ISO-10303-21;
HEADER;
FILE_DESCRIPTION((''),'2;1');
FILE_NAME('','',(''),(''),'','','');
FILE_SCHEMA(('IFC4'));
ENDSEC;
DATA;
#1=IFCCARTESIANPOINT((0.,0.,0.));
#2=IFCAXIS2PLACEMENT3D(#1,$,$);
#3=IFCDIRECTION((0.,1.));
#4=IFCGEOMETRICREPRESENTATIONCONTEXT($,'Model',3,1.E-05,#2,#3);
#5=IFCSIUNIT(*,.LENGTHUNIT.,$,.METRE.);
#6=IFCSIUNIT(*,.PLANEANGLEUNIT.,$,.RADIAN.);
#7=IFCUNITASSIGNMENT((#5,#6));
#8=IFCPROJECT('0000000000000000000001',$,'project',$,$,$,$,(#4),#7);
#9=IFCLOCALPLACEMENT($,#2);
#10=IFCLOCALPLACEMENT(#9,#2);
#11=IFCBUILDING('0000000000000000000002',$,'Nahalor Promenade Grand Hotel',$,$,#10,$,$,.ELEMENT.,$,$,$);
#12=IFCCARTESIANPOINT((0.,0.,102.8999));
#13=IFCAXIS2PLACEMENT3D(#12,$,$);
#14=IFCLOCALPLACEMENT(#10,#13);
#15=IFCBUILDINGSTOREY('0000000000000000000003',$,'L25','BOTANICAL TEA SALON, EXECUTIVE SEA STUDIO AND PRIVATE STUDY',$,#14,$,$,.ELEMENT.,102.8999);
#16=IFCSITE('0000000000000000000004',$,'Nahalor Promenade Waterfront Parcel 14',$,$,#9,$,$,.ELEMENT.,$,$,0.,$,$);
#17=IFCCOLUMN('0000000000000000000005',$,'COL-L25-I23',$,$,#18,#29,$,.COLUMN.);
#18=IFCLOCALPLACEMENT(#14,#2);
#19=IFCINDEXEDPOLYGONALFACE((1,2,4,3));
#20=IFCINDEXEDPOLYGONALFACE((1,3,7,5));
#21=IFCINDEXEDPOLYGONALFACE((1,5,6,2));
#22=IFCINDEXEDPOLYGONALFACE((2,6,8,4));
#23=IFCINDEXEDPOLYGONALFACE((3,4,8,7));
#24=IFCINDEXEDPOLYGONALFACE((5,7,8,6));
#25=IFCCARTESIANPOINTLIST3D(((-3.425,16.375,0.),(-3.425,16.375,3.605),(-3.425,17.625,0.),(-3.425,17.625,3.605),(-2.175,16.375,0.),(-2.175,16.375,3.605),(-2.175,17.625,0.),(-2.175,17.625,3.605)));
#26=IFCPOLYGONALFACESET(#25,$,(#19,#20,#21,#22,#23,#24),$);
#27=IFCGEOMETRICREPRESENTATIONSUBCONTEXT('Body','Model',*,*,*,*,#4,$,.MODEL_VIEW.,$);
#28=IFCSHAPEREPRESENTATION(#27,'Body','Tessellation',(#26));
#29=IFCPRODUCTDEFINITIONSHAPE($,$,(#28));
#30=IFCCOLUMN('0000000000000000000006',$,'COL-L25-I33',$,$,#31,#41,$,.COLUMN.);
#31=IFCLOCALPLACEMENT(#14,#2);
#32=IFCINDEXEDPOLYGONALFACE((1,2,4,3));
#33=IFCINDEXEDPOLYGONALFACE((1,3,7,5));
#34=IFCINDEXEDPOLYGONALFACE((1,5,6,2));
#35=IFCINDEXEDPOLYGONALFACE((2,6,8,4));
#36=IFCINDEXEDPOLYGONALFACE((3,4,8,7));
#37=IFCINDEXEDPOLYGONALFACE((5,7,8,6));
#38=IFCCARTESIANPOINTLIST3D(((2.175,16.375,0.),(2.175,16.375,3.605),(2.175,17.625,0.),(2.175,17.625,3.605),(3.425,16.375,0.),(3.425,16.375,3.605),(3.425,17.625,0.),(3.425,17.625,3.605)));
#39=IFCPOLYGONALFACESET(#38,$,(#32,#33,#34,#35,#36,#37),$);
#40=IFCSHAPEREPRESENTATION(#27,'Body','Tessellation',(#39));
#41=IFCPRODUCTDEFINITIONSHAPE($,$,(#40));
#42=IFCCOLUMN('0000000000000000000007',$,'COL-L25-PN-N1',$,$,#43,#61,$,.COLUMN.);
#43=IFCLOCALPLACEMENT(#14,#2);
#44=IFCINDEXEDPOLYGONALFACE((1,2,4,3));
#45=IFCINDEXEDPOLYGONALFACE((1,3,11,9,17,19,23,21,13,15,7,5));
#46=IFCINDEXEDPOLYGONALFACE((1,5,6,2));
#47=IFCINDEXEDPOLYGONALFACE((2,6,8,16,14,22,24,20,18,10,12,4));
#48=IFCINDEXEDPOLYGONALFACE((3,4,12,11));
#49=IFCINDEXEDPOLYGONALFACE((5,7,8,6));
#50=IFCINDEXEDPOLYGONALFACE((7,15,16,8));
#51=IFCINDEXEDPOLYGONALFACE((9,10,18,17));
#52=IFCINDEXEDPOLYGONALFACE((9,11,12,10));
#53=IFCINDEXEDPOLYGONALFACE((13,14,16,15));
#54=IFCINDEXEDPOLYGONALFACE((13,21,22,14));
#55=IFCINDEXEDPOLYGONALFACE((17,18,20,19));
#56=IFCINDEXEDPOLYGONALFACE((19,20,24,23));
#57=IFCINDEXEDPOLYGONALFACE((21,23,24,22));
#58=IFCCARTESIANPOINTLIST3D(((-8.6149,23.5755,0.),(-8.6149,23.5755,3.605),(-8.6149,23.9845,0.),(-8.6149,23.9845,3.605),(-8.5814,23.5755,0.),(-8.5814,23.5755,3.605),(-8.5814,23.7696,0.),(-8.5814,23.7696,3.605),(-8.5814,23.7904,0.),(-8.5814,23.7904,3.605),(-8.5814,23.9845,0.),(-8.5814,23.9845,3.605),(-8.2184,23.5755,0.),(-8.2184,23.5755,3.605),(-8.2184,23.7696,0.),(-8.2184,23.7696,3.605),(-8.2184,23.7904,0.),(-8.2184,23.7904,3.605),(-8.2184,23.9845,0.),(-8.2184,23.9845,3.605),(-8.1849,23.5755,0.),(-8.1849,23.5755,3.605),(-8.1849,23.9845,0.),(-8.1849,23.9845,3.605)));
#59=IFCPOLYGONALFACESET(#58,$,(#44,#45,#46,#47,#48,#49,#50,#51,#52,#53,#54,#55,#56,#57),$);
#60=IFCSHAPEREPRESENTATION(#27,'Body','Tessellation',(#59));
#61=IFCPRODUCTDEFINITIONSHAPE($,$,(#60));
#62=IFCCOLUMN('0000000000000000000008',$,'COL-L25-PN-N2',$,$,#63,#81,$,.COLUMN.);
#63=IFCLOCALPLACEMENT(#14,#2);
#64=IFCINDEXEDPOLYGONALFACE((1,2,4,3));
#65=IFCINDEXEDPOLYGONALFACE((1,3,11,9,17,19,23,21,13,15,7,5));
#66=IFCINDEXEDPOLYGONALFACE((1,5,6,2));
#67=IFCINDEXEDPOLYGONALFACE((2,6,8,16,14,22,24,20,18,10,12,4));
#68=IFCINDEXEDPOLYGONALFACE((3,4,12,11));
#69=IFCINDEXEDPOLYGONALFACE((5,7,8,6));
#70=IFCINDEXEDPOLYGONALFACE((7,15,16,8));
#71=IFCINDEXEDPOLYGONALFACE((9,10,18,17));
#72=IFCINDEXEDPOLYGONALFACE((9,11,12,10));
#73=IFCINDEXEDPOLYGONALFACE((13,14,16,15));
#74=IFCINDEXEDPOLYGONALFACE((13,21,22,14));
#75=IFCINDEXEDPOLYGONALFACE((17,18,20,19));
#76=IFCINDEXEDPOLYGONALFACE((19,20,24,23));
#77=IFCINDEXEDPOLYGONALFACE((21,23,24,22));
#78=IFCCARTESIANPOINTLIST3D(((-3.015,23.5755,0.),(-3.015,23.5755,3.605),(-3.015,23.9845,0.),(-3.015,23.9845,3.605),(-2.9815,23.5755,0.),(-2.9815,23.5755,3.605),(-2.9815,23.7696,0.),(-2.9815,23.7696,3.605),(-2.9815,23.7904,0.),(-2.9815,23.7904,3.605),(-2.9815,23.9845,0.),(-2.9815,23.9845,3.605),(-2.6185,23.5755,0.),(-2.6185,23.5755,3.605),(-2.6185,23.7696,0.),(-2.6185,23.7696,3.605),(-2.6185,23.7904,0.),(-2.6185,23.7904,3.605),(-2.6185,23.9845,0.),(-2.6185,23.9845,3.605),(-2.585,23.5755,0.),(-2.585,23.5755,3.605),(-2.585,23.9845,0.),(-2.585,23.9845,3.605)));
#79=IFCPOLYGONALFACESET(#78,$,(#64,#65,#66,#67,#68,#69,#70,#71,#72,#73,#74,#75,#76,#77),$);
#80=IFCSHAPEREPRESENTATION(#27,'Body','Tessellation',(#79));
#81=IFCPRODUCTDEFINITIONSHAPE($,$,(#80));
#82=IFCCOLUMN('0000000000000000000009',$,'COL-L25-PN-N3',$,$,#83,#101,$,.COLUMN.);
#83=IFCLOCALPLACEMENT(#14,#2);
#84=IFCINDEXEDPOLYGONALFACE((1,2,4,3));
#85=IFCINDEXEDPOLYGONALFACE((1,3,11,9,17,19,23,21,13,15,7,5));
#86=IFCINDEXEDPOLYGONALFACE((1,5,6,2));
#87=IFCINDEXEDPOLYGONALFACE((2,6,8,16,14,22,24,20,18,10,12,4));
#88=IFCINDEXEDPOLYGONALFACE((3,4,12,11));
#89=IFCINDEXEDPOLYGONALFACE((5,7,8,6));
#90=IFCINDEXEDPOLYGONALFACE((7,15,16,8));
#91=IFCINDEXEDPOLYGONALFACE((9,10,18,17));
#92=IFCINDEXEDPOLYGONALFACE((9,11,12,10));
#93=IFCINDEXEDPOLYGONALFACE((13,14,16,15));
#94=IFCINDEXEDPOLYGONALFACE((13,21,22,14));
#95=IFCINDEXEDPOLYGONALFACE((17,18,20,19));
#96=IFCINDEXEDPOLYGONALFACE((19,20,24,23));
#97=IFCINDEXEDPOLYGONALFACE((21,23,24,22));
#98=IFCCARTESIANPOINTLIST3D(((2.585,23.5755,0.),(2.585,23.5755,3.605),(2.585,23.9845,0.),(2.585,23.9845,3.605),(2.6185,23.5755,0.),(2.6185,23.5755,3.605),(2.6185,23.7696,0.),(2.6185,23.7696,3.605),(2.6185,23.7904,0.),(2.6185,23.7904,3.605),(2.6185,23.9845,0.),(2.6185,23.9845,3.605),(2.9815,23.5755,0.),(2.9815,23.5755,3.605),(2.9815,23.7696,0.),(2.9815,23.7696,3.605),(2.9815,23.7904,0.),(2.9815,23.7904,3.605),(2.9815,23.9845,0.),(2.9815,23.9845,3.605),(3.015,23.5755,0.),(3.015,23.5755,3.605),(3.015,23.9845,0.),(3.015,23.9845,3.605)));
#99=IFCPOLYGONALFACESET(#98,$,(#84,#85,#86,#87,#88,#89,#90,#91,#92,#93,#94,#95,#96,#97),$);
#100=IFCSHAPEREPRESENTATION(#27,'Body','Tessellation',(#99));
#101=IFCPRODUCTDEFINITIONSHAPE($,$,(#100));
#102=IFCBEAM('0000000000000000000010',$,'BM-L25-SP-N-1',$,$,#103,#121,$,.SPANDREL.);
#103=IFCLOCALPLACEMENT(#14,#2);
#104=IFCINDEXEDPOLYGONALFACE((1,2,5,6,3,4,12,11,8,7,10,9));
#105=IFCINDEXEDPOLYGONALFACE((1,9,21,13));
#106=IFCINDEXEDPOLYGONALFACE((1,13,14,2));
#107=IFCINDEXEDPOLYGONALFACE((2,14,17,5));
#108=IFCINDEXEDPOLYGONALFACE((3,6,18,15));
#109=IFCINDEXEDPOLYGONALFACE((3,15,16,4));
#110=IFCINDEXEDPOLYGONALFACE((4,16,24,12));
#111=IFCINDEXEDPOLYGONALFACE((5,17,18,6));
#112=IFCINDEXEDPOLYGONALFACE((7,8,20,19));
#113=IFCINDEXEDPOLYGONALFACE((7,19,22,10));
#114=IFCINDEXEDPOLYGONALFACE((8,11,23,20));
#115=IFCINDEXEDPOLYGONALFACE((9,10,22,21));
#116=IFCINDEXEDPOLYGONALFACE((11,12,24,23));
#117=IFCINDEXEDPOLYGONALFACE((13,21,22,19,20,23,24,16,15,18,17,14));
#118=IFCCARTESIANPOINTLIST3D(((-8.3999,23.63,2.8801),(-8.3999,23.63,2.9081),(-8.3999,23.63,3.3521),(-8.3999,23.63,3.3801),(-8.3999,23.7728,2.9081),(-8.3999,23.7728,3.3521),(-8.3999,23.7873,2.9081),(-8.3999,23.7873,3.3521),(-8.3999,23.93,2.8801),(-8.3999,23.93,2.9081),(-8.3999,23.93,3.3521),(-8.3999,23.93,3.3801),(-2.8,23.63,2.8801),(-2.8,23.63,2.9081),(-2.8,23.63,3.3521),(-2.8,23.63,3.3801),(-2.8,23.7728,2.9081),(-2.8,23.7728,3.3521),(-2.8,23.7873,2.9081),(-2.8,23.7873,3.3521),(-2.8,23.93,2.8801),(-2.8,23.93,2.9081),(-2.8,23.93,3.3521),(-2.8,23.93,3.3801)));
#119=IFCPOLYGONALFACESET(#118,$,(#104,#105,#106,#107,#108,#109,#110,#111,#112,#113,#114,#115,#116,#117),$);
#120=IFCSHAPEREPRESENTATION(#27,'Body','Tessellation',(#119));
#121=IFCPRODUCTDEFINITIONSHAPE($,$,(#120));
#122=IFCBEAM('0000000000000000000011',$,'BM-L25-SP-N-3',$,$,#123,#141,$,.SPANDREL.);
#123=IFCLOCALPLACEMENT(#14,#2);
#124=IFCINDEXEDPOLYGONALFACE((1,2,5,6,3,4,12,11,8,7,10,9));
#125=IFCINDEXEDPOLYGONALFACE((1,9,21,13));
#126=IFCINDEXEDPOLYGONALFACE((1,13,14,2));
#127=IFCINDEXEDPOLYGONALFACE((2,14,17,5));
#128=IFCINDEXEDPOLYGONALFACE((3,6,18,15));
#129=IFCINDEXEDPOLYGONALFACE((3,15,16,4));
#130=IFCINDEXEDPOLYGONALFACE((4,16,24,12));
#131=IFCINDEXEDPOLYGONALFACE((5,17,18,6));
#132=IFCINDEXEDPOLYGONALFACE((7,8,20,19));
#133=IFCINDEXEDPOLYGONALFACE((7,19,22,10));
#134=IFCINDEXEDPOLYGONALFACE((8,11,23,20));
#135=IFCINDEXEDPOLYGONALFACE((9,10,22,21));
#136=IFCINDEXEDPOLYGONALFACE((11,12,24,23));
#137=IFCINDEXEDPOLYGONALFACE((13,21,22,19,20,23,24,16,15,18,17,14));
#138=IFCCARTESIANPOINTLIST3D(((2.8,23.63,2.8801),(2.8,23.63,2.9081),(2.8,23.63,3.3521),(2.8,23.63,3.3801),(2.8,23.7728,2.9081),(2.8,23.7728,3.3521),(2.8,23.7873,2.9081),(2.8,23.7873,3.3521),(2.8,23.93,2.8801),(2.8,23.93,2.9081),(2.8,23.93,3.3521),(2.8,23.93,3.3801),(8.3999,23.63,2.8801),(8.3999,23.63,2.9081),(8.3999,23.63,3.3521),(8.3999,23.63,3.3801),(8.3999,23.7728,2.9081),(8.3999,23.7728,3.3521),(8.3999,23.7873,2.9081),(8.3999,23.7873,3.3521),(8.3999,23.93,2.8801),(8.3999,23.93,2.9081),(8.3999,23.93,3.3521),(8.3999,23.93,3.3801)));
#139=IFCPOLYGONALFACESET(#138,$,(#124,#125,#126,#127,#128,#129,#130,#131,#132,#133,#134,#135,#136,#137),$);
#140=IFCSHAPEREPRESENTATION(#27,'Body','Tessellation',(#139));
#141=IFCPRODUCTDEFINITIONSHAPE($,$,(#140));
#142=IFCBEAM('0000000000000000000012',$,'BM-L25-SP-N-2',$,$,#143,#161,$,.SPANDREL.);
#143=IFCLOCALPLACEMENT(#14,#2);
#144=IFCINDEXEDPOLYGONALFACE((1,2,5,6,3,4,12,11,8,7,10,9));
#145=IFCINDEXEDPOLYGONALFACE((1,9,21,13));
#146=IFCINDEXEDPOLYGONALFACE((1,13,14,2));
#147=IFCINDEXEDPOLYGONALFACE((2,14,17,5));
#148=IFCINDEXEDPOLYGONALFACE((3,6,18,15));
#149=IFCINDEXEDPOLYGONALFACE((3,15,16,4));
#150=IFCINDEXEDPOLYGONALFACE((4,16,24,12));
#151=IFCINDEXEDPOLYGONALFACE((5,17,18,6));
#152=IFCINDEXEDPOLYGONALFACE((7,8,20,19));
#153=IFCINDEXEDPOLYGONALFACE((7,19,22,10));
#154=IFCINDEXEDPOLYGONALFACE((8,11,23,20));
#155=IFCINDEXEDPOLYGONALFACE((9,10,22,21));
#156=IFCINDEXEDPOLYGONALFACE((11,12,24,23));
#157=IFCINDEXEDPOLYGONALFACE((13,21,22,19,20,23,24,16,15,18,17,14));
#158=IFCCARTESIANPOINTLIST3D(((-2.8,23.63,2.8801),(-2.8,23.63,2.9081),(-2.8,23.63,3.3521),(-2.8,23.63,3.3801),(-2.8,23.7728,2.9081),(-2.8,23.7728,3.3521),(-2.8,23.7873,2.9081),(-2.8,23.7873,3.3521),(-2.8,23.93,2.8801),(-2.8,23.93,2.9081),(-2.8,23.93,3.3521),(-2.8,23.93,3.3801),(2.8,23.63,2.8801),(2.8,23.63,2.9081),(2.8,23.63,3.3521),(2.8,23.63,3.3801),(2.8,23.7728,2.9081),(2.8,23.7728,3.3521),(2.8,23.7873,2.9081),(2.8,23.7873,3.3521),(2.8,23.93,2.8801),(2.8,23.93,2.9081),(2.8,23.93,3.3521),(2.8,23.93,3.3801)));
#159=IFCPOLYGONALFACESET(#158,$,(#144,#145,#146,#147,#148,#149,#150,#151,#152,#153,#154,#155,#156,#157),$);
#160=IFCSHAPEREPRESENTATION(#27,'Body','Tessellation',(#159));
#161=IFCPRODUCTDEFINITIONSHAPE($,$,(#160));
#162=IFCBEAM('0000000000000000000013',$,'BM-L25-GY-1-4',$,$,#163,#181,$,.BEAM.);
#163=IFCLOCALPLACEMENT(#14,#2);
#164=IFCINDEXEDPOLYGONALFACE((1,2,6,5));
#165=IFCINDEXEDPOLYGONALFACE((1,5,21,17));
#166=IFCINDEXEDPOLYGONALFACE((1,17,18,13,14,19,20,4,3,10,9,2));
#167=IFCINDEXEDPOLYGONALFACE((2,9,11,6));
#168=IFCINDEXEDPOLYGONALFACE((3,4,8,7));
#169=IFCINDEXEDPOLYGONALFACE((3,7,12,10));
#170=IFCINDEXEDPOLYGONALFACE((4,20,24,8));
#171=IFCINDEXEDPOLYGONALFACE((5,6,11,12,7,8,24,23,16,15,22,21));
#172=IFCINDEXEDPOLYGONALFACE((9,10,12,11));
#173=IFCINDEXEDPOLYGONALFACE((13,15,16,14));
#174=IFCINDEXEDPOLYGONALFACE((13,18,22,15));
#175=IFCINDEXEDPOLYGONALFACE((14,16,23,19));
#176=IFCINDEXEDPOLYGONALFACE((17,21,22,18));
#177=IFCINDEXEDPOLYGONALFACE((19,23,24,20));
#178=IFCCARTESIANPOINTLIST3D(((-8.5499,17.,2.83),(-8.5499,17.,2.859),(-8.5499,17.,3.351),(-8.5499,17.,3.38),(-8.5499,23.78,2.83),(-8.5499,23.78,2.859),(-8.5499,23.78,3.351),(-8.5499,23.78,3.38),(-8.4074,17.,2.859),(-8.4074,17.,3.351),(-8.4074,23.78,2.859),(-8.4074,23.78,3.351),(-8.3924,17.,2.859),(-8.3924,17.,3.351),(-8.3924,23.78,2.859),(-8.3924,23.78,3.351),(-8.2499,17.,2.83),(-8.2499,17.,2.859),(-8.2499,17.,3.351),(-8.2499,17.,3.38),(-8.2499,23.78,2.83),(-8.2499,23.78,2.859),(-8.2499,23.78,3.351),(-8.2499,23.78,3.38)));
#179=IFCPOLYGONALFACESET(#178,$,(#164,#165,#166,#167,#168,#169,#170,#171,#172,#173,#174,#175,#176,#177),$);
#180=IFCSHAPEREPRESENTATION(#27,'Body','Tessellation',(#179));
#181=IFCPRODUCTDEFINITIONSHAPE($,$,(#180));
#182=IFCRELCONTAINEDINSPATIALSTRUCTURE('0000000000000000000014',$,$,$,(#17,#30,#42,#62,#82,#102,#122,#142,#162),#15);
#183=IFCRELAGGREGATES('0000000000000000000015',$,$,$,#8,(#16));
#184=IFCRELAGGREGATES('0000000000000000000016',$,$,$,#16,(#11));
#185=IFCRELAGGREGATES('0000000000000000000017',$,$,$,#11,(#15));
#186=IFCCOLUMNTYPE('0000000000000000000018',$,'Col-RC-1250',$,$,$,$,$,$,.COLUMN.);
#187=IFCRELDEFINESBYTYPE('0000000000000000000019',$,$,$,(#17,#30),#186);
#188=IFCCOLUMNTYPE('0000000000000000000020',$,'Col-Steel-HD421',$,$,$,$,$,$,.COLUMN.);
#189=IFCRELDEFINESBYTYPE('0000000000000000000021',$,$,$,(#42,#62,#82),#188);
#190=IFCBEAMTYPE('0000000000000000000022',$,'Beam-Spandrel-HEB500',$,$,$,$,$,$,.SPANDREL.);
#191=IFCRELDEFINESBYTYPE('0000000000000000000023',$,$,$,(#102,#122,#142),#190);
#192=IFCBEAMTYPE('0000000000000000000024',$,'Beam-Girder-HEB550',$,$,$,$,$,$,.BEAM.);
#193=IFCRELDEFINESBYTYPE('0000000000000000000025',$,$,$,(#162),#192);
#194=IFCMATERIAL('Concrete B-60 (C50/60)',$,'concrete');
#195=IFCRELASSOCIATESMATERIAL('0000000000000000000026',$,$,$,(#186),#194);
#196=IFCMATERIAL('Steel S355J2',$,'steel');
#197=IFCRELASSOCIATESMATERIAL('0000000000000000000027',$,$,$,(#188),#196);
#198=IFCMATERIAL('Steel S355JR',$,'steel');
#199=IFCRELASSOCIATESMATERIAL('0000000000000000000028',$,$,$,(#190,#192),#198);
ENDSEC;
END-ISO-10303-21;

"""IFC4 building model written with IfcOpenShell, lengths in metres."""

from ifc_helpers import new_model, si_unit, direction, frame, origin, origin_2d, place, context, subcontext, project, spatial, rectangle, i_section, extrude, source, transform, mapped, material, material_profile, profile_set, type_object, element, save


model = new_model("IFC4")

# Units and contexts
model_context = context("Model", 3, precision=1e-05, world=origin(), true_north=direction((0.0, 1.0)))
body_context = subcontext(model_context, "Body", "Model", "MODEL_VIEW")
ifc_project = project(units=[si_unit("LENGTHUNIT", "METRE"), si_unit("PLANEANGLEUNIT", "RADIAN")], contexts=[model_context])

# Site, building, storey
site_placement = place(None, origin())
site = spatial("IfcSite", under=ifc_project, at=site_placement, Name="Nahalor Promenade Waterfront Parcel 14", CompositionType="ELEMENT", RefElevation=0.0)
building_placement = place(site_placement, origin())
building = spatial("IfcBuilding", under=site, at=building_placement, Name="Nahalor Promenade Grand Hotel", CompositionType="ELEMENT")
storey_placement = place(building_placement, frame((0.0, 0.0, 102.8999)))
storey = spatial("IfcBuildingStorey", under=building, at=storey_placement, Name="L25", Description="BOTANICAL TEA SALON, EXECUTIVE SEA STUDIO AND PRIVATE STUDY", CompositionType="ELEMENT", Elevation=102.8999)

# Columns
ifc_material_1 = material(Name="Concrete B-60 (C50/60)", Category="concrete")
ifc_material_profile_1 = material_profile(ifc_material_1, rectangle(XDim=1.25, YDim=1.25, at=origin_2d()), Name="RC 1250x1250")
ifc_profile_set_1 = profile_set([ifc_material_profile_1], Name="Concrete B-60 (C50/60)")
column_type_1 = type_object("IfcColumnType", Name="Col-RC-1250", PredefinedType="COLUMN", material=ifc_profile_set_1)
shared_shape_1 = source(origin(), body_context, "Body", "SweptSolid", [
    extrude(rectangle(XDim=1.25, YDim=1.25, at=origin_2d()), origin(), (0.0, 0.0, 1.0), 3.605),
])
for number, where, z_axis, x_axis, name in (
    (1, (-2.8, 17.0, 0.0), (0.0, 0.0, 1.0), (1.0, 0.0, 0.0), "COL-L25-I23"),
    (2, (2.8, 17.0, 0.0), (0.0, 0.0, 1.0), (1.0, 0.0, 0.0), "COL-L25-I33"),
):
    element("IfcColumn", number, at=place(storey_placement, frame(where, z_axis=z_axis, x_axis=x_axis)), inside=storey, type_object=column_type_1, Name=name, PredefinedType="COLUMN", context=body_context, shape_type="MappedRepresentation", body=[
        mapped(shared_shape_1, transform((0.0, 0.0, 0.0), scale=1.0)),
    ])
ifc_material_2 = material(Name="Steel S355J2", Category="steel")
ifc_material_profile_2 = material_profile(ifc_material_2, i_section(OverallWidth=0.409, OverallDepth=0.43, WebThickness=0.0208, FlangeThickness=0.0335, at=origin_2d()), Name="HD 400x421")
ifc_profile_set_2 = profile_set([ifc_material_profile_2], Name="Steel S355J2")
column_type_2 = type_object("IfcColumnType", Name="Col-Steel-HD421", PredefinedType="COLUMN", material=ifc_profile_set_2)
shared_shape_2 = source(origin(), body_context, "Body", "SweptSolid", [
    extrude(i_section(OverallWidth=0.409, OverallDepth=0.43, WebThickness=0.0208, FlangeThickness=0.0335, at=origin_2d()), origin(), (0.0, 0.0, 1.0), 3.605),
])
for number, where, z_axis, x_axis, name in (
    (3, (-8.3999, 23.78, 0.0), (0.0, 0.0, 1.0), (0.0, 1.0, 0.0), "COL-L25-PN-N1"),
    (4, (-2.8, 23.78, 0.0), (0.0, 0.0, 1.0), (0.0, 1.0, 0.0), "COL-L25-PN-N2"),
    (5, (2.8, 23.78, 0.0), (0.0, 0.0, 1.0), (0.0, 1.0, 0.0), "COL-L25-PN-N3"),
):
    element("IfcColumn", number, at=place(storey_placement, frame(where, z_axis=z_axis, x_axis=x_axis)), inside=storey, type_object=column_type_2, Name=name, PredefinedType="COLUMN", context=body_context, shape_type="MappedRepresentation", body=[
        mapped(shared_shape_2, transform((0.0, 0.0, 0.0), scale=1.0)),
    ])

# Beams
ifc_material_3 = material(Name="Steel S355JR", Category="steel")
ifc_material_profile_3 = material_profile(ifc_material_3, i_section(OverallWidth=0.3, OverallDepth=0.5, WebThickness=0.0145, FlangeThickness=0.028, at=origin_2d()), Name="HEB 500")
ifc_profile_set_3 = profile_set([ifc_material_profile_3], Name="Steel S355JR")
beam_type_1 = type_object("IfcBeamType", Name="Beam-Spandrel-HEB500", PredefinedType="SPANDREL", material=ifc_profile_set_3)
shared_shape_3 = source(origin(), body_context, "Body", "SweptSolid", [
    extrude(i_section(OverallWidth=0.3, OverallDepth=0.5, WebThickness=0.0145, FlangeThickness=0.028, at=origin_2d()), origin(), (0.0, 0.0, 1.0), 5.5999),
])
for number, where, z_axis, x_axis, name in (
    (6, (-8.3999, 23.78, 3.1301), (1.0, 0.0, 0.0), (0.0, 1.0, 0.0), "BM-L25-SP-N-1"),
    (7, (2.8, 23.78, 3.1301), (1.0, 0.0, 0.0), (0.0, 1.0, 0.0), "BM-L25-SP-N-3"),
):
    element("IfcBeam", number, at=place(storey_placement, frame(where, z_axis=z_axis, x_axis=x_axis)), inside=storey, type_object=beam_type_1, Name=name, PredefinedType="SPANDREL", context=body_context, shape_type="MappedRepresentation", body=[
        mapped(shared_shape_3, transform((0.0, 0.0, 0.0), scale=1.0)),
    ])
shared_shape_4 = source(origin(), body_context, "Body", "SweptSolid", [
    extrude(i_section(OverallWidth=0.3, OverallDepth=0.5, WebThickness=0.0145, FlangeThickness=0.028, at=origin_2d()), origin(), (0.0, 0.0, 1.0), 5.6001),
])
beam_1_placement = place(storey_placement, frame((-2.8, 23.78, 3.1301), z_axis=(1.0, 0.0, 0.0), x_axis=(0.0, 1.0, 0.0)))
element("IfcBeam", 8, at=beam_1_placement, inside=storey, type_object=beam_type_1, Name="BM-L25-SP-N-2", PredefinedType="SPANDREL", context=body_context, shape_type="MappedRepresentation", body=[
    mapped(shared_shape_4, transform((0.0, 0.0, 0.0), scale=1.0)),
])
ifc_material_profile_4 = material_profile(ifc_material_3, i_section(OverallWidth=0.3, OverallDepth=0.55, WebThickness=0.015, FlangeThickness=0.029, at=origin_2d()), Name="HEB 550")
ifc_profile_set_4 = profile_set([ifc_material_profile_4], Name="Steel S355JR")
beam_type_2 = type_object("IfcBeamType", Name="Beam-Girder-HEB550", PredefinedType="BEAM", material=ifc_profile_set_4)
shared_shape_5 = source(origin(), body_context, "Body", "SweptSolid", [
    extrude(i_section(OverallWidth=0.3, OverallDepth=0.55, WebThickness=0.015, FlangeThickness=0.029, at=origin_2d()), origin(), (0.0, 0.0, 1.0), 6.78),
])
for number, where, z_axis, x_axis, name in (
    (9, (-8.3999, 17.0, 3.105), (0.0, 1.0, 0.0), (-1.0, 0.0, 0.0), "BM-L25-GY-1-4"),
):
    element("IfcBeam", number, at=place(storey_placement, frame(where, z_axis=z_axis, x_axis=x_axis)), inside=storey, type_object=beam_type_2, Name=name, PredefinedType="BEAM", context=body_context, shape_type="MappedRepresentation", body=[
        mapped(shared_shape_5, transform((0.0, 0.0, 0.0), scale=1.0)),
    ])

save(model, "model.ifc")
